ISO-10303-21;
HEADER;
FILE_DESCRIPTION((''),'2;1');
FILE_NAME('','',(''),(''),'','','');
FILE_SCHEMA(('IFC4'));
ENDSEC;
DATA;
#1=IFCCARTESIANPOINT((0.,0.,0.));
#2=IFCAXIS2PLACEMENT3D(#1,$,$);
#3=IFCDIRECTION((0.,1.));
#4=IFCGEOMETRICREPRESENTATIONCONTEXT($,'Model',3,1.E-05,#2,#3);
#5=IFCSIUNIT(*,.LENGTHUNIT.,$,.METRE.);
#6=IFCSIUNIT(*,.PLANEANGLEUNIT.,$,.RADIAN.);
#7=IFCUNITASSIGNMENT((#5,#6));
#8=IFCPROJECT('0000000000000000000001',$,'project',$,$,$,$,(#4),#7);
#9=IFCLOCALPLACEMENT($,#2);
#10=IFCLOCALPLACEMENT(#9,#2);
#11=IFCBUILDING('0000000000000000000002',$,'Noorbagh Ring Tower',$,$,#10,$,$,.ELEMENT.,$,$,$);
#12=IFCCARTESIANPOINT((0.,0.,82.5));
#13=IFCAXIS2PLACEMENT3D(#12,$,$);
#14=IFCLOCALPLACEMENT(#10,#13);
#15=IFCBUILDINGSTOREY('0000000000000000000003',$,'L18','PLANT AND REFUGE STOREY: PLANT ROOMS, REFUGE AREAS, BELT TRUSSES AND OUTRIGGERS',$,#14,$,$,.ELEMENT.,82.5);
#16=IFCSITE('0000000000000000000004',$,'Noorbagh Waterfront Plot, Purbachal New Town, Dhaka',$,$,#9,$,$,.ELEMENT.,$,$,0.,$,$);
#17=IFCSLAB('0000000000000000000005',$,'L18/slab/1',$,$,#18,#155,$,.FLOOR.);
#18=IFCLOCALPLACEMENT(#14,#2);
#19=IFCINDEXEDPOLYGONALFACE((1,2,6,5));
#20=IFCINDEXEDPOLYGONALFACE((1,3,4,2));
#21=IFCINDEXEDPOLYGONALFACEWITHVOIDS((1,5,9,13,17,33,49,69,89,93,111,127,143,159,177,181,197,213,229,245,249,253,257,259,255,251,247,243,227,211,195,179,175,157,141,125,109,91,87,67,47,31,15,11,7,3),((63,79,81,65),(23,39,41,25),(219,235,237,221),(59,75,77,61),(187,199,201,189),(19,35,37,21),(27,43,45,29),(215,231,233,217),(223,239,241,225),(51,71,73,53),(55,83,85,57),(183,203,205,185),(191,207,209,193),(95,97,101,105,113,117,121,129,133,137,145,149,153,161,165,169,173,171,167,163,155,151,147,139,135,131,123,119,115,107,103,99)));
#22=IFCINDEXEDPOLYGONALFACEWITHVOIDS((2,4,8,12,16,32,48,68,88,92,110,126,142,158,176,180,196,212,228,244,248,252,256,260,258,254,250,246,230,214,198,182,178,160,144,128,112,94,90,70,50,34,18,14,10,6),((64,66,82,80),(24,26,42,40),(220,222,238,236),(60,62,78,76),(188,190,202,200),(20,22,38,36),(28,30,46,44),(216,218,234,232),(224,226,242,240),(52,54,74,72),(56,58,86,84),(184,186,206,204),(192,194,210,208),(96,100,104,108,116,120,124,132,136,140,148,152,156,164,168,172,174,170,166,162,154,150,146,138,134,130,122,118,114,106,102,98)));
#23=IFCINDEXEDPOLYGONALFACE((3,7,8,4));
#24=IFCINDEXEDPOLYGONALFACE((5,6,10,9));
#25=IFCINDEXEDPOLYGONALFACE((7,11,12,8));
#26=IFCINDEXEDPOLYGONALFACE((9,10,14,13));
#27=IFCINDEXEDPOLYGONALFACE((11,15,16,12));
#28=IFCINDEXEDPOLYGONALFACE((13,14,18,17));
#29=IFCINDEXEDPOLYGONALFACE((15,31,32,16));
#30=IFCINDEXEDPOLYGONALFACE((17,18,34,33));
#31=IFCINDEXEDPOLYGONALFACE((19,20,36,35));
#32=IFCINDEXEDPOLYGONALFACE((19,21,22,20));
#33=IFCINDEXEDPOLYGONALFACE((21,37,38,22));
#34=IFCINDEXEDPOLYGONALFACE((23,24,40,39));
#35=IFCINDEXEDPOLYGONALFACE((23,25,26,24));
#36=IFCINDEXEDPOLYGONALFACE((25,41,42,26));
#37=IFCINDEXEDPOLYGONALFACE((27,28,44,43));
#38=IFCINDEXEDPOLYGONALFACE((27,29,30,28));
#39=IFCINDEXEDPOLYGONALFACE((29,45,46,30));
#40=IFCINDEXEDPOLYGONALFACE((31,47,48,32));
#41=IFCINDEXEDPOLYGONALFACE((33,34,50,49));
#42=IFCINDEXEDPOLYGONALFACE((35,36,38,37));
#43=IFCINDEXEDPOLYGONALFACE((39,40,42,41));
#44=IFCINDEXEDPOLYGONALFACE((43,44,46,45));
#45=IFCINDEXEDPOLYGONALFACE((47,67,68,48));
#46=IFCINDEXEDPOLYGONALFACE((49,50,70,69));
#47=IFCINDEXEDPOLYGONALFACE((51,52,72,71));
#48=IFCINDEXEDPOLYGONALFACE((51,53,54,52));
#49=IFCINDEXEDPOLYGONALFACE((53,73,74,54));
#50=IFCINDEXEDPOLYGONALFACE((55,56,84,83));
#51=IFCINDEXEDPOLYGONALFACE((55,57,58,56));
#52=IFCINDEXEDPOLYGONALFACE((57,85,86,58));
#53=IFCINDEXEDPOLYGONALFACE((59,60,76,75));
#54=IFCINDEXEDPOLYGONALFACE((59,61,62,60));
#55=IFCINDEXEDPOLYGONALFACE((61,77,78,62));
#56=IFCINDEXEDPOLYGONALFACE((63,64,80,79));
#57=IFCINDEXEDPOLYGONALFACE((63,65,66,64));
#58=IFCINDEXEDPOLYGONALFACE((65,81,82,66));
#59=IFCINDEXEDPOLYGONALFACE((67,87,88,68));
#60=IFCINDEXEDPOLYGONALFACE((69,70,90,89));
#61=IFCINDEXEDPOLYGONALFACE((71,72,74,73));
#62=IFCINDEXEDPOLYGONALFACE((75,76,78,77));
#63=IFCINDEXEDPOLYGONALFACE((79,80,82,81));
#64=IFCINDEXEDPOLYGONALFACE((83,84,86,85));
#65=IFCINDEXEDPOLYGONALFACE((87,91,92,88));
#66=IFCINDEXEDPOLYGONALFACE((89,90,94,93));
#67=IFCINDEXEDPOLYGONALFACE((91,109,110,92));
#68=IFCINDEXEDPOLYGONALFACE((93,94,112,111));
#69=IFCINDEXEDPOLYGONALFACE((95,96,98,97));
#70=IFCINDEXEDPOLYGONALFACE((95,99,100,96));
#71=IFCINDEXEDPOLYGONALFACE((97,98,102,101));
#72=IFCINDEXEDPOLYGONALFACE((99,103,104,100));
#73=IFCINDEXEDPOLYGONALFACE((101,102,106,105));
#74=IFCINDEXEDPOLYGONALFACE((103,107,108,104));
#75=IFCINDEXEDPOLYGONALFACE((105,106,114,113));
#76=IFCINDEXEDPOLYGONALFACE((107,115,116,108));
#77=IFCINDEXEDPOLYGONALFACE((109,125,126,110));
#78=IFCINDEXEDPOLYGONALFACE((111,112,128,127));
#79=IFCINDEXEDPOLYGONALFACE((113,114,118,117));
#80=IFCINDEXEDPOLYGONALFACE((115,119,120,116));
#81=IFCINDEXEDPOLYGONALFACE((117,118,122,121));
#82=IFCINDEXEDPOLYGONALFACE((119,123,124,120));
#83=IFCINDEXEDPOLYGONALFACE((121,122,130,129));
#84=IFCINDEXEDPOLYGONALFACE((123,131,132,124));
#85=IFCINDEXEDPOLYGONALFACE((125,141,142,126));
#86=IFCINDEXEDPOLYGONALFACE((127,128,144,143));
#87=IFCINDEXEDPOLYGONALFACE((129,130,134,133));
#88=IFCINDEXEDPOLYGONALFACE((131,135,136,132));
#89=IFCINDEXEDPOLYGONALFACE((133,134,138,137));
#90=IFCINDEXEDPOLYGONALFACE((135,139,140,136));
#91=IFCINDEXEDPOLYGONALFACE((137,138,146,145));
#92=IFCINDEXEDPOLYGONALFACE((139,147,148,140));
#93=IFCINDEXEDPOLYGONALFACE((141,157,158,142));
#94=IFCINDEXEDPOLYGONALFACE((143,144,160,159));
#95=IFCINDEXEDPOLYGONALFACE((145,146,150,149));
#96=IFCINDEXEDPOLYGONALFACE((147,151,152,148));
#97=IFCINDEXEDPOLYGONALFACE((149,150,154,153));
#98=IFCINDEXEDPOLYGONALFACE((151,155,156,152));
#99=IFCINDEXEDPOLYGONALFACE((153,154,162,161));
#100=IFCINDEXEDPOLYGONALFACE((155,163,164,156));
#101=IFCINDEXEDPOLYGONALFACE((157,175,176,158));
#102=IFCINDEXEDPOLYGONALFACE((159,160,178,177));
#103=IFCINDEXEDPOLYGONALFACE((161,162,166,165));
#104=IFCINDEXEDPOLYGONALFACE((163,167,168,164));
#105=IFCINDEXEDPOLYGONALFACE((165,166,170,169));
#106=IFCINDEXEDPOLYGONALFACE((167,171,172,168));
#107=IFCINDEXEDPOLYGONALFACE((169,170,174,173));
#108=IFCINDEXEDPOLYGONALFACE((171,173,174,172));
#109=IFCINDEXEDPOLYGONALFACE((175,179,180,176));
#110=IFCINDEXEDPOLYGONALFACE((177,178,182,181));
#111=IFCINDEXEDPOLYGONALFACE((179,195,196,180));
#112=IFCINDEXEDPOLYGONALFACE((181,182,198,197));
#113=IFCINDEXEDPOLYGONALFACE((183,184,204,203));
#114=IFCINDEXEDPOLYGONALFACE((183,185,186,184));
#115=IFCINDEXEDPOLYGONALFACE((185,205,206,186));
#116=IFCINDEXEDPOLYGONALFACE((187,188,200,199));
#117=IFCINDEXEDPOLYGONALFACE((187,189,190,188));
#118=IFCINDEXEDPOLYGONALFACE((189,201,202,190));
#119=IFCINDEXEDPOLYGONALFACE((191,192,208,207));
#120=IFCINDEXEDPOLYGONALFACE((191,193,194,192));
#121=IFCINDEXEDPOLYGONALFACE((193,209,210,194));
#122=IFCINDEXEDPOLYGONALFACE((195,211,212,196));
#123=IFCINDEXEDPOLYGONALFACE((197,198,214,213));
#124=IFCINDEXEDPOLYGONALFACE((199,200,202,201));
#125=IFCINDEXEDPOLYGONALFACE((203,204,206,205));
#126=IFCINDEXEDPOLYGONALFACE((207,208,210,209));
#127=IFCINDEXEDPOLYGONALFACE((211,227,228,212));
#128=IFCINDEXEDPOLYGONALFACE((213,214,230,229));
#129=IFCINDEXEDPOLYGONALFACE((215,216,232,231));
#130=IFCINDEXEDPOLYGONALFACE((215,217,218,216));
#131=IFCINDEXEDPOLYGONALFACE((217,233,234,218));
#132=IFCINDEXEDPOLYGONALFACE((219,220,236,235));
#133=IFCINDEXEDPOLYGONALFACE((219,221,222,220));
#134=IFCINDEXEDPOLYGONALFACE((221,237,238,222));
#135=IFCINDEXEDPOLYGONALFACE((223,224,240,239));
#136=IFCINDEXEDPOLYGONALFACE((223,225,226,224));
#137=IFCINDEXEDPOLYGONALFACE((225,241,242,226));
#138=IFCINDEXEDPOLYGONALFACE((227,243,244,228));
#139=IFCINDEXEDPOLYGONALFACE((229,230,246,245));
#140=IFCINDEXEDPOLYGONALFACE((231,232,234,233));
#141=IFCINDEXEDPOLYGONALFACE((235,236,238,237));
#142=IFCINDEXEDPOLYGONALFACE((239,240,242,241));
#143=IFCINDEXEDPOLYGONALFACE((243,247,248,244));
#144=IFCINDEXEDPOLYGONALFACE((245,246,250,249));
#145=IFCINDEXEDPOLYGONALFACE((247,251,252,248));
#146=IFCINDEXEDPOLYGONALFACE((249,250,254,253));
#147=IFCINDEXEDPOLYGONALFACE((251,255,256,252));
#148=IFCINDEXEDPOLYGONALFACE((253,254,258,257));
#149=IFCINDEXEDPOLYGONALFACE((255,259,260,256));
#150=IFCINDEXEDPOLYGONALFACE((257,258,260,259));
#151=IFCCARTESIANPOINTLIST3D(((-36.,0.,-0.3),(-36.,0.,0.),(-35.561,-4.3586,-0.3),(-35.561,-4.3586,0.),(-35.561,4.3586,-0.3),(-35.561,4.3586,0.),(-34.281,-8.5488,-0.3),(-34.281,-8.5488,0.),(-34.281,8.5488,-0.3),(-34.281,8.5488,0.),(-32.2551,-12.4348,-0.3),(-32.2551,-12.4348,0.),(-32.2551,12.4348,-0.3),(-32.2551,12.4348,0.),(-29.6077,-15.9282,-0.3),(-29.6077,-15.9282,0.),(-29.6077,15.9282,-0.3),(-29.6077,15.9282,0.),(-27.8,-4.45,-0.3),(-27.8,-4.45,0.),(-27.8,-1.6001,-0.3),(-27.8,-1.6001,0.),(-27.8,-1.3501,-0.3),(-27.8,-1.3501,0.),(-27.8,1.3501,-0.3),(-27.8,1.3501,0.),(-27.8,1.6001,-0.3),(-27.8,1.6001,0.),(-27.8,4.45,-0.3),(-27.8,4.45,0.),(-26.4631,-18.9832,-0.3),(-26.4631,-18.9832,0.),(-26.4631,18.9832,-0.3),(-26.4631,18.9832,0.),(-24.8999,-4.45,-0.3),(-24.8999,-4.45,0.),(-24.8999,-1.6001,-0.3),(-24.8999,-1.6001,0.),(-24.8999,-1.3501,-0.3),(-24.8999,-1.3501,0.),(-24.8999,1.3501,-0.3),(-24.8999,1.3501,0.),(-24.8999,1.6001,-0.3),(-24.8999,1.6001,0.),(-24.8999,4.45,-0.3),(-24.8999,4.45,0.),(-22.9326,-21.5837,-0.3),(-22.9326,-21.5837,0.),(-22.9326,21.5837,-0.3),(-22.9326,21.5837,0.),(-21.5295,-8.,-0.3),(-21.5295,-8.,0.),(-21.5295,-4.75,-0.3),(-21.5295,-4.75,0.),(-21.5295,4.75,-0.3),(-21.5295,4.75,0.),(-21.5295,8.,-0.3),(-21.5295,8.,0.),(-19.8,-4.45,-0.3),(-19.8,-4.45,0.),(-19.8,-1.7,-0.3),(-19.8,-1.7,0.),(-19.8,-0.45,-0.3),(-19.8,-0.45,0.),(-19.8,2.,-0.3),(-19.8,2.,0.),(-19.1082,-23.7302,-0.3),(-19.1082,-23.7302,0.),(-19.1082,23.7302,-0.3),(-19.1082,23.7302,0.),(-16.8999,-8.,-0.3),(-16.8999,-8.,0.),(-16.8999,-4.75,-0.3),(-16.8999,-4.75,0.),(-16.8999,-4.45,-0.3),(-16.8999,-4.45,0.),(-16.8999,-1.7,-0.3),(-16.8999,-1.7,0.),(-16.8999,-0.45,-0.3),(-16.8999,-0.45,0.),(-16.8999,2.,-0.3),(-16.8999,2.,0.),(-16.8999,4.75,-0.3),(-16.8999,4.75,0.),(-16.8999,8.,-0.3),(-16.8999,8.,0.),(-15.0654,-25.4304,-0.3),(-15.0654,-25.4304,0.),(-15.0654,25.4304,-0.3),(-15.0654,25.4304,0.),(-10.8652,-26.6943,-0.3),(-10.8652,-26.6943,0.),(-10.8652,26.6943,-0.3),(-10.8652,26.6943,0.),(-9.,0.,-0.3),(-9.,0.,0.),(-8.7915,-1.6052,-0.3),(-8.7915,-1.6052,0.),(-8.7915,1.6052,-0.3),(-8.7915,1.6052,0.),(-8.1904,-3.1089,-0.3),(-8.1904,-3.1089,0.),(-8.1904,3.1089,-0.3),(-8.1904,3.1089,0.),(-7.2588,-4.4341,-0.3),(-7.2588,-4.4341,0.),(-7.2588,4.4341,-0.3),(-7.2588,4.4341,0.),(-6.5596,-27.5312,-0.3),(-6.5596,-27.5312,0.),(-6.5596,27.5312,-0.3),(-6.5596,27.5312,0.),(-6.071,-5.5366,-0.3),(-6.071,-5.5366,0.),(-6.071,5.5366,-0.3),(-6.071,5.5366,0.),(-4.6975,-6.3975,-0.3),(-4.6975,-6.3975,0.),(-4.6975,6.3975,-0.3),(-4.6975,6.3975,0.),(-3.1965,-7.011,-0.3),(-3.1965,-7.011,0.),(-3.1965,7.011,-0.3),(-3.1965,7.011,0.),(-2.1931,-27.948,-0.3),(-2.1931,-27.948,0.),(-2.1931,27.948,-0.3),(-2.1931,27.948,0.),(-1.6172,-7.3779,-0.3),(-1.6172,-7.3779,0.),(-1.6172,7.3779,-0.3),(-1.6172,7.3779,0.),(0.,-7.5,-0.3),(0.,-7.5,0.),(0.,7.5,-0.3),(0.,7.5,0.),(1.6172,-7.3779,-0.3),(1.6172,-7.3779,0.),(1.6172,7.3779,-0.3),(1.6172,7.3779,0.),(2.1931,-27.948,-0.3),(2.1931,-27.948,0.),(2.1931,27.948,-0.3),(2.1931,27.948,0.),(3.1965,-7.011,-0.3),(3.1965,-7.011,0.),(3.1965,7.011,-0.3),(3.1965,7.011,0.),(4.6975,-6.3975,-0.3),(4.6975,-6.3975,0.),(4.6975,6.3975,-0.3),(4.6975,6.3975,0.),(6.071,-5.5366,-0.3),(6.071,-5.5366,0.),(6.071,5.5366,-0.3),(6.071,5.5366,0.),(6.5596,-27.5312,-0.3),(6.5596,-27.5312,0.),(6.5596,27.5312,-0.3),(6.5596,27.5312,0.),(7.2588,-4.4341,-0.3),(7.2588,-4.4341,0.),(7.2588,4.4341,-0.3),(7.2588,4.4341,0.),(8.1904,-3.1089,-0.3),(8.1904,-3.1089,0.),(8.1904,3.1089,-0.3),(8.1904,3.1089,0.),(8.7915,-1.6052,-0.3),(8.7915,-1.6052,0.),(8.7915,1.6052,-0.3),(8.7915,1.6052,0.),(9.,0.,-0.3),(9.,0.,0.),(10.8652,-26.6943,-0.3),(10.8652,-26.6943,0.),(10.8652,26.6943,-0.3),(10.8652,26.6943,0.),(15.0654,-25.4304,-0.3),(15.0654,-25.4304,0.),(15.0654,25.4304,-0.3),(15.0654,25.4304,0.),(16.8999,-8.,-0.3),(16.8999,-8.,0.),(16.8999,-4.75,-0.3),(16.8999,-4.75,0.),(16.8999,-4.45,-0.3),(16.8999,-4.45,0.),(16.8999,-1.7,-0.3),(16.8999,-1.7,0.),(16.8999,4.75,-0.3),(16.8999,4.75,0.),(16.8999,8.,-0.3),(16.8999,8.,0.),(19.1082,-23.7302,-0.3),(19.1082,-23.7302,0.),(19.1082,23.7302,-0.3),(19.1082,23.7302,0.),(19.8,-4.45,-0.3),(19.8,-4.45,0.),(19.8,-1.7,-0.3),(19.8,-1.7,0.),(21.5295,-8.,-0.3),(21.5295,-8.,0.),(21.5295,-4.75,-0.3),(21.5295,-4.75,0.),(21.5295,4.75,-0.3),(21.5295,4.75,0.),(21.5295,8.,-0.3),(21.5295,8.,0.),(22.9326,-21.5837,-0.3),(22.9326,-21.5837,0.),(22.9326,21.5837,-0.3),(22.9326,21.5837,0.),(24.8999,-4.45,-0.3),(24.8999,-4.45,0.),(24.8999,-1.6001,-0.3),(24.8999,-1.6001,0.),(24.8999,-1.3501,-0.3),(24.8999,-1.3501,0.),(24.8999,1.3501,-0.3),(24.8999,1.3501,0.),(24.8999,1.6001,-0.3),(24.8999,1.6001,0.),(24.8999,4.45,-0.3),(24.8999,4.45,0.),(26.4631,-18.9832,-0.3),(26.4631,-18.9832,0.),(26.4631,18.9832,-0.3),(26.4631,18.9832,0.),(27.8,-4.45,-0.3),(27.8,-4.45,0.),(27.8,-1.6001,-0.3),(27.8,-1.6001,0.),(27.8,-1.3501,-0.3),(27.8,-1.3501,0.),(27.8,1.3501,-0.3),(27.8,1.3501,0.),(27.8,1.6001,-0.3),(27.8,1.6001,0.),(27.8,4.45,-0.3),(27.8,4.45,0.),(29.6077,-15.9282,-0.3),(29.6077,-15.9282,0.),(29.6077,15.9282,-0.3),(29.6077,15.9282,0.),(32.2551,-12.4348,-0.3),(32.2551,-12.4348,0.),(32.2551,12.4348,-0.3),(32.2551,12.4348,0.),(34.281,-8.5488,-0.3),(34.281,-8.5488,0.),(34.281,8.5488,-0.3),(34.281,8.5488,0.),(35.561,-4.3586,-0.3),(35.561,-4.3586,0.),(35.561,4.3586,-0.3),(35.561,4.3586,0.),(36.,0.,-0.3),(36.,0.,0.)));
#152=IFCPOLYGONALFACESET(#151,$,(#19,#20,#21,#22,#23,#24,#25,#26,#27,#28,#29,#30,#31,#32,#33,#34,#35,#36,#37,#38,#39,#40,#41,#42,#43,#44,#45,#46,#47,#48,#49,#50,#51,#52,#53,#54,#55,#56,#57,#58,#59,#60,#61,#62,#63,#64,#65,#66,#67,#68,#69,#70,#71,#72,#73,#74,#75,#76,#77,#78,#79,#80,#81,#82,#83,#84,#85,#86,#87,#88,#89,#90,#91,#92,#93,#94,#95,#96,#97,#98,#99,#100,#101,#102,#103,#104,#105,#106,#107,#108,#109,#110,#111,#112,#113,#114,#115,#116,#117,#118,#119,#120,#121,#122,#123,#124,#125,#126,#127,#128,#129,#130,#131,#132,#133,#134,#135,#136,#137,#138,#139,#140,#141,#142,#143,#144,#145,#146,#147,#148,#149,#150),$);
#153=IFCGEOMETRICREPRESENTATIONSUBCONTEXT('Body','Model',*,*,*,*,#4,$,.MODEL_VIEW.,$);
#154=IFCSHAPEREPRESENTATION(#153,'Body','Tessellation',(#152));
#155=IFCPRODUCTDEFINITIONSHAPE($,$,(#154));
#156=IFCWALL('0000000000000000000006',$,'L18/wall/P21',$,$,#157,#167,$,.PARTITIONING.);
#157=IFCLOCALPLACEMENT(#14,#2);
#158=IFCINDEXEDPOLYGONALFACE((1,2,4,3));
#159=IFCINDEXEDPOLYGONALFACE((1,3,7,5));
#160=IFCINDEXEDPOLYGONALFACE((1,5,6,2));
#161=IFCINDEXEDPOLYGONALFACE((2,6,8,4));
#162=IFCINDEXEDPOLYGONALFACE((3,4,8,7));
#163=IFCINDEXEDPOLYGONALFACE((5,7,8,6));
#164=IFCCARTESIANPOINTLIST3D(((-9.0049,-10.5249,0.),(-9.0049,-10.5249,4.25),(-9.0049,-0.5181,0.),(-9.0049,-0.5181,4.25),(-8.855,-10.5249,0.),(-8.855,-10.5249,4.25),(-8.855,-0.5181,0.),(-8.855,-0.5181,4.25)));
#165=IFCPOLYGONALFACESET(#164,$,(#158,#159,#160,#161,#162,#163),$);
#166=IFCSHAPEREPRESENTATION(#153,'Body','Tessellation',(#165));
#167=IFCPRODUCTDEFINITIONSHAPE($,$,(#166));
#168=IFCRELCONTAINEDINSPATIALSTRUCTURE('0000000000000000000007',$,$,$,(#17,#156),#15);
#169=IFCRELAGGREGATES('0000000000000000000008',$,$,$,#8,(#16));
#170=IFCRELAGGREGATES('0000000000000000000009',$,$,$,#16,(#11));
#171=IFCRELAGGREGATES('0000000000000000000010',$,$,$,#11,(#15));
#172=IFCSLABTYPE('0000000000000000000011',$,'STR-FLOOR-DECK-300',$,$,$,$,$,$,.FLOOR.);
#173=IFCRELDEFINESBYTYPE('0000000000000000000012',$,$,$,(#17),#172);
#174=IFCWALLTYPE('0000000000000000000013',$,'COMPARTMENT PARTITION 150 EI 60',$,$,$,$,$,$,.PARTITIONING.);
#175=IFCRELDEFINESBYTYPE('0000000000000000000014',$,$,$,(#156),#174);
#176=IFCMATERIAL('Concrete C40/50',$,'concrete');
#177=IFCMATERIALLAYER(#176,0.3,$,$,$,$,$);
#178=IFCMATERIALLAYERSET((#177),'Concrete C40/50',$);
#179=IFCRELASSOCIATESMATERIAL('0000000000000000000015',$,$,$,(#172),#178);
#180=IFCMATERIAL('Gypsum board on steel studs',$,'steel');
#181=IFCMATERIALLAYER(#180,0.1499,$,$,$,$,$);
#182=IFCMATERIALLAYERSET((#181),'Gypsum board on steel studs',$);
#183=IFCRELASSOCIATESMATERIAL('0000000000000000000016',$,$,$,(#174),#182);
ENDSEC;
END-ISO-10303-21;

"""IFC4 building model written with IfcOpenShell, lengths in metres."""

from ifc_helpers import new_model, si_unit, direction, frame, frame_2d, origin, place, context, subcontext, project, spatial, polyline, rectangle, outline, extrude, material, layer, layer_set, type_object, element, save


model = new_model("IFC4")

# Units and contexts
model_context = context("Model", 3, precision=1e-05, world=origin(), true_north=direction((0.0, 1.0)))
body_context = subcontext(model_context, "Body", "Model", "MODEL_VIEW")
ifc_project = project(units=[si_unit("LENGTHUNIT", "METRE"), si_unit("PLANEANGLEUNIT", "RADIAN")], contexts=[model_context])

# Site, building, storey
site_placement = place(None, origin())
site = spatial("IfcSite", under=ifc_project, at=site_placement, Name="Noorbagh Waterfront Plot, Purbachal New Town, Dhaka", CompositionType="ELEMENT", RefElevation=0.0)
building_placement = place(site_placement, origin())
building = spatial("IfcBuilding", under=site, at=building_placement, Name="Noorbagh Ring Tower", CompositionType="ELEMENT")
storey_placement = place(building_placement, frame((0.0, 0.0, 82.5)))
storey = spatial("IfcBuildingStorey", under=building, at=storey_placement, Name="L18", Description="PLANT AND REFUGE STOREY: PLANT ROOMS, REFUGE AREAS, BELT TRUSSES AND OUTRIGGERS", CompositionType="ELEMENT", Elevation=82.5)

# Slab
ifc_material_1 = material(Name="Concrete C40/50", Category="concrete")
ifc_layer_1 = layer(ifc_material_1, 0.3)
ifc_layer_set_1 = layer_set([ifc_layer_1], Name="Concrete C40/50")
slab_type_1 = type_object("IfcSlabType", Name="STR-FLOOR-DECK-300", PredefinedType="FLOOR", material=ifc_layer_set_1)
slab_1_placement = place(storey_placement, frame((0.0, 0.0, -0.3)))
element("IfcSlab", 1, at=slab_1_placement, inside=storey, type_object=slab_type_1, Name="L18/slab/1", PredefinedType="FLOOR", context=body_context, shape_type="SweptSolid", body=[
    extrude(outline(polyline([(36.0, 0.0), (35.561, 4.3586), (34.281, 8.5488), (32.2551, 12.4348), (29.6077, 15.9282), (26.4631, 18.9832), (22.9326, 21.5837), (19.1082, 23.7302), (15.0654, 25.4304), (10.8652, 26.6943), (6.5596, 27.5312), (2.1931, 27.948), (-2.1931, 27.948), (-6.5596, 27.5312), (-10.8652, 26.6943), (-15.0654, 25.4304), (-19.1082, 23.7302), (-22.9326, 21.5837), (-26.4631, 18.9832), (-29.6077, 15.9282), (-32.2551, 12.4348), (-34.281, 8.5488), (-35.561, 4.3586), (-36.0, 0.0), (-35.561, -4.3586), (-34.281, -8.5488), (-32.2551, -12.4348), (-29.6077, -15.9282), (-26.4631, -18.9832), (-22.9326, -21.5837), (-19.1082, -23.7302), (-15.0654, -25.4304), (-10.8652, -26.6943), (-6.5596, -27.5312), (-2.1931, -27.948), (2.1931, -27.948), (6.5596, -27.5312), (10.8652, -26.6943), (15.0654, -25.4304), (19.1082, -23.7302), (22.9326, -21.5837), (26.4631, -18.9832), (29.6077, -15.9282), (32.2551, -12.4348), (34.281, -8.5488), (35.561, -4.3586), (36.0, 0.0)]), holes=[polyline([(24.8999, -1.6001), (27.8, -1.6001), (27.8, -4.45), (24.8999, -4.45), (24.8999, -1.6001)]), polyline([(24.8999, 1.3501), (27.8, 1.3501), (27.8, -1.3501), (24.8999, -1.3501), (24.8999, 1.3501)]), polyline([(24.8999, 4.45), (27.8, 4.45), (27.8, 1.6001), (24.8999, 1.6001), (24.8999, 4.45)]), polyline([(21.5295, -4.75), (21.5295, -8.0), (16.8999, -8.0), (16.8999, -4.75), (21.5295, -4.75)]), polyline([(21.5295, 4.75), (16.8999, 4.75), (16.8999, 8.0), (21.5295, 8.0), (21.5295, 4.75)]), polyline([(16.8999, -1.7), (19.8, -1.7), (19.8, -4.45), (16.8999, -4.45), (16.8999, -1.7)]), polyline([(4.6975, -6.3975), (3.1965, -7.011), (1.6172, -7.3779), (0.0, -7.5), (-1.6172, -7.3779), (-3.1965, -7.011), (-4.6975, -6.3975), (-6.071, -5.5366), (-7.2588, -4.4341), (-8.1904, -3.1089), (-8.7915, -1.6052), (-9.0, 0.0), (-8.7915, 1.6052), (-8.1904, 3.1089), (-7.2588, 4.4341), (-6.071, 5.5366), (-4.6975, 6.3975), (-3.1965, 7.011), (-1.6172, 7.3779), (0.0, 7.5), (1.6172, 7.3779), (3.1965, 7.011), (4.6975, 6.3975), (6.071, 5.5366), (7.2588, 4.4341), (8.1904, 3.1089), (8.7915, 1.6052), (9.0, 0.0), (8.7915, -1.6052), (8.1904, -3.1089), (7.2588, -4.4341), (6.071, -5.5366), (4.6975, -6.3975)]), polyline([(-21.5295, -8.0), (-21.5295, -4.75), (-16.8999, -4.75), (-16.8999, -8.0), (-21.5295, -8.0)]), polyline([(-21.5295, 8.0), (-16.8999, 8.0), (-16.8999, 4.75), (-21.5295, 4.75), (-21.5295, 8.0)]), polyline([(-16.8999, -4.45), (-19.8, -4.45), (-19.8, -1.7), (-16.8999, -1.7), (-16.8999, -4.45)]), polyline([(-16.8999, -0.45), (-19.8, -0.45), (-19.8, 2.0), (-16.8999, 2.0), (-16.8999, -0.45)]), polyline([(-24.8999, -4.45), (-27.8, -4.45), (-27.8, -1.6001), (-24.8999, -1.6001), (-24.8999, -4.45)]), polyline([(-24.8999, -1.3501), (-27.8, -1.3501), (-27.8, 1.3501), (-24.8999, 1.3501), (-24.8999, -1.3501)]), polyline([(-24.8999, 1.6001), (-27.8, 1.6001), (-27.8, 4.45), (-24.8999, 4.45), (-24.8999, 1.6001)])]), origin(), (0.0, 0.0, 1.0), 0.3),
])

# Wall
ifc_material_2 = material(Name="Gypsum board on steel studs", Category="steel")
ifc_layer_2 = layer(ifc_material_2, 0.1499)
ifc_layer_set_2 = layer_set([ifc_layer_2], Name="Gypsum board on steel studs")
wall_type_1 = type_object("IfcWallType", Name="COMPARTMENT PARTITION 150 EI 60", PredefinedType="PARTITIONING", material=ifc_layer_set_2)
wall_1_placement = place(storey_placement, frame((-8.9299, -10.5249, 0.0), z_axis=(0.0, 0.0, 1.0), x_axis=(0.0, 1.0, 0.0)))
element("IfcWall", 2, at=wall_1_placement, inside=storey, type_object=wall_type_1, Name="L18/wall/P21", PredefinedType="PARTITIONING", context=body_context, shape_type="SweptSolid", body=[
    extrude(rectangle(XDim=10.0068, YDim=0.1499, at=frame_2d((5.0034, 0.0))), origin(), (0.0, 0.0, 1.0), 4.25),
])

save(model, "model.ifc")
